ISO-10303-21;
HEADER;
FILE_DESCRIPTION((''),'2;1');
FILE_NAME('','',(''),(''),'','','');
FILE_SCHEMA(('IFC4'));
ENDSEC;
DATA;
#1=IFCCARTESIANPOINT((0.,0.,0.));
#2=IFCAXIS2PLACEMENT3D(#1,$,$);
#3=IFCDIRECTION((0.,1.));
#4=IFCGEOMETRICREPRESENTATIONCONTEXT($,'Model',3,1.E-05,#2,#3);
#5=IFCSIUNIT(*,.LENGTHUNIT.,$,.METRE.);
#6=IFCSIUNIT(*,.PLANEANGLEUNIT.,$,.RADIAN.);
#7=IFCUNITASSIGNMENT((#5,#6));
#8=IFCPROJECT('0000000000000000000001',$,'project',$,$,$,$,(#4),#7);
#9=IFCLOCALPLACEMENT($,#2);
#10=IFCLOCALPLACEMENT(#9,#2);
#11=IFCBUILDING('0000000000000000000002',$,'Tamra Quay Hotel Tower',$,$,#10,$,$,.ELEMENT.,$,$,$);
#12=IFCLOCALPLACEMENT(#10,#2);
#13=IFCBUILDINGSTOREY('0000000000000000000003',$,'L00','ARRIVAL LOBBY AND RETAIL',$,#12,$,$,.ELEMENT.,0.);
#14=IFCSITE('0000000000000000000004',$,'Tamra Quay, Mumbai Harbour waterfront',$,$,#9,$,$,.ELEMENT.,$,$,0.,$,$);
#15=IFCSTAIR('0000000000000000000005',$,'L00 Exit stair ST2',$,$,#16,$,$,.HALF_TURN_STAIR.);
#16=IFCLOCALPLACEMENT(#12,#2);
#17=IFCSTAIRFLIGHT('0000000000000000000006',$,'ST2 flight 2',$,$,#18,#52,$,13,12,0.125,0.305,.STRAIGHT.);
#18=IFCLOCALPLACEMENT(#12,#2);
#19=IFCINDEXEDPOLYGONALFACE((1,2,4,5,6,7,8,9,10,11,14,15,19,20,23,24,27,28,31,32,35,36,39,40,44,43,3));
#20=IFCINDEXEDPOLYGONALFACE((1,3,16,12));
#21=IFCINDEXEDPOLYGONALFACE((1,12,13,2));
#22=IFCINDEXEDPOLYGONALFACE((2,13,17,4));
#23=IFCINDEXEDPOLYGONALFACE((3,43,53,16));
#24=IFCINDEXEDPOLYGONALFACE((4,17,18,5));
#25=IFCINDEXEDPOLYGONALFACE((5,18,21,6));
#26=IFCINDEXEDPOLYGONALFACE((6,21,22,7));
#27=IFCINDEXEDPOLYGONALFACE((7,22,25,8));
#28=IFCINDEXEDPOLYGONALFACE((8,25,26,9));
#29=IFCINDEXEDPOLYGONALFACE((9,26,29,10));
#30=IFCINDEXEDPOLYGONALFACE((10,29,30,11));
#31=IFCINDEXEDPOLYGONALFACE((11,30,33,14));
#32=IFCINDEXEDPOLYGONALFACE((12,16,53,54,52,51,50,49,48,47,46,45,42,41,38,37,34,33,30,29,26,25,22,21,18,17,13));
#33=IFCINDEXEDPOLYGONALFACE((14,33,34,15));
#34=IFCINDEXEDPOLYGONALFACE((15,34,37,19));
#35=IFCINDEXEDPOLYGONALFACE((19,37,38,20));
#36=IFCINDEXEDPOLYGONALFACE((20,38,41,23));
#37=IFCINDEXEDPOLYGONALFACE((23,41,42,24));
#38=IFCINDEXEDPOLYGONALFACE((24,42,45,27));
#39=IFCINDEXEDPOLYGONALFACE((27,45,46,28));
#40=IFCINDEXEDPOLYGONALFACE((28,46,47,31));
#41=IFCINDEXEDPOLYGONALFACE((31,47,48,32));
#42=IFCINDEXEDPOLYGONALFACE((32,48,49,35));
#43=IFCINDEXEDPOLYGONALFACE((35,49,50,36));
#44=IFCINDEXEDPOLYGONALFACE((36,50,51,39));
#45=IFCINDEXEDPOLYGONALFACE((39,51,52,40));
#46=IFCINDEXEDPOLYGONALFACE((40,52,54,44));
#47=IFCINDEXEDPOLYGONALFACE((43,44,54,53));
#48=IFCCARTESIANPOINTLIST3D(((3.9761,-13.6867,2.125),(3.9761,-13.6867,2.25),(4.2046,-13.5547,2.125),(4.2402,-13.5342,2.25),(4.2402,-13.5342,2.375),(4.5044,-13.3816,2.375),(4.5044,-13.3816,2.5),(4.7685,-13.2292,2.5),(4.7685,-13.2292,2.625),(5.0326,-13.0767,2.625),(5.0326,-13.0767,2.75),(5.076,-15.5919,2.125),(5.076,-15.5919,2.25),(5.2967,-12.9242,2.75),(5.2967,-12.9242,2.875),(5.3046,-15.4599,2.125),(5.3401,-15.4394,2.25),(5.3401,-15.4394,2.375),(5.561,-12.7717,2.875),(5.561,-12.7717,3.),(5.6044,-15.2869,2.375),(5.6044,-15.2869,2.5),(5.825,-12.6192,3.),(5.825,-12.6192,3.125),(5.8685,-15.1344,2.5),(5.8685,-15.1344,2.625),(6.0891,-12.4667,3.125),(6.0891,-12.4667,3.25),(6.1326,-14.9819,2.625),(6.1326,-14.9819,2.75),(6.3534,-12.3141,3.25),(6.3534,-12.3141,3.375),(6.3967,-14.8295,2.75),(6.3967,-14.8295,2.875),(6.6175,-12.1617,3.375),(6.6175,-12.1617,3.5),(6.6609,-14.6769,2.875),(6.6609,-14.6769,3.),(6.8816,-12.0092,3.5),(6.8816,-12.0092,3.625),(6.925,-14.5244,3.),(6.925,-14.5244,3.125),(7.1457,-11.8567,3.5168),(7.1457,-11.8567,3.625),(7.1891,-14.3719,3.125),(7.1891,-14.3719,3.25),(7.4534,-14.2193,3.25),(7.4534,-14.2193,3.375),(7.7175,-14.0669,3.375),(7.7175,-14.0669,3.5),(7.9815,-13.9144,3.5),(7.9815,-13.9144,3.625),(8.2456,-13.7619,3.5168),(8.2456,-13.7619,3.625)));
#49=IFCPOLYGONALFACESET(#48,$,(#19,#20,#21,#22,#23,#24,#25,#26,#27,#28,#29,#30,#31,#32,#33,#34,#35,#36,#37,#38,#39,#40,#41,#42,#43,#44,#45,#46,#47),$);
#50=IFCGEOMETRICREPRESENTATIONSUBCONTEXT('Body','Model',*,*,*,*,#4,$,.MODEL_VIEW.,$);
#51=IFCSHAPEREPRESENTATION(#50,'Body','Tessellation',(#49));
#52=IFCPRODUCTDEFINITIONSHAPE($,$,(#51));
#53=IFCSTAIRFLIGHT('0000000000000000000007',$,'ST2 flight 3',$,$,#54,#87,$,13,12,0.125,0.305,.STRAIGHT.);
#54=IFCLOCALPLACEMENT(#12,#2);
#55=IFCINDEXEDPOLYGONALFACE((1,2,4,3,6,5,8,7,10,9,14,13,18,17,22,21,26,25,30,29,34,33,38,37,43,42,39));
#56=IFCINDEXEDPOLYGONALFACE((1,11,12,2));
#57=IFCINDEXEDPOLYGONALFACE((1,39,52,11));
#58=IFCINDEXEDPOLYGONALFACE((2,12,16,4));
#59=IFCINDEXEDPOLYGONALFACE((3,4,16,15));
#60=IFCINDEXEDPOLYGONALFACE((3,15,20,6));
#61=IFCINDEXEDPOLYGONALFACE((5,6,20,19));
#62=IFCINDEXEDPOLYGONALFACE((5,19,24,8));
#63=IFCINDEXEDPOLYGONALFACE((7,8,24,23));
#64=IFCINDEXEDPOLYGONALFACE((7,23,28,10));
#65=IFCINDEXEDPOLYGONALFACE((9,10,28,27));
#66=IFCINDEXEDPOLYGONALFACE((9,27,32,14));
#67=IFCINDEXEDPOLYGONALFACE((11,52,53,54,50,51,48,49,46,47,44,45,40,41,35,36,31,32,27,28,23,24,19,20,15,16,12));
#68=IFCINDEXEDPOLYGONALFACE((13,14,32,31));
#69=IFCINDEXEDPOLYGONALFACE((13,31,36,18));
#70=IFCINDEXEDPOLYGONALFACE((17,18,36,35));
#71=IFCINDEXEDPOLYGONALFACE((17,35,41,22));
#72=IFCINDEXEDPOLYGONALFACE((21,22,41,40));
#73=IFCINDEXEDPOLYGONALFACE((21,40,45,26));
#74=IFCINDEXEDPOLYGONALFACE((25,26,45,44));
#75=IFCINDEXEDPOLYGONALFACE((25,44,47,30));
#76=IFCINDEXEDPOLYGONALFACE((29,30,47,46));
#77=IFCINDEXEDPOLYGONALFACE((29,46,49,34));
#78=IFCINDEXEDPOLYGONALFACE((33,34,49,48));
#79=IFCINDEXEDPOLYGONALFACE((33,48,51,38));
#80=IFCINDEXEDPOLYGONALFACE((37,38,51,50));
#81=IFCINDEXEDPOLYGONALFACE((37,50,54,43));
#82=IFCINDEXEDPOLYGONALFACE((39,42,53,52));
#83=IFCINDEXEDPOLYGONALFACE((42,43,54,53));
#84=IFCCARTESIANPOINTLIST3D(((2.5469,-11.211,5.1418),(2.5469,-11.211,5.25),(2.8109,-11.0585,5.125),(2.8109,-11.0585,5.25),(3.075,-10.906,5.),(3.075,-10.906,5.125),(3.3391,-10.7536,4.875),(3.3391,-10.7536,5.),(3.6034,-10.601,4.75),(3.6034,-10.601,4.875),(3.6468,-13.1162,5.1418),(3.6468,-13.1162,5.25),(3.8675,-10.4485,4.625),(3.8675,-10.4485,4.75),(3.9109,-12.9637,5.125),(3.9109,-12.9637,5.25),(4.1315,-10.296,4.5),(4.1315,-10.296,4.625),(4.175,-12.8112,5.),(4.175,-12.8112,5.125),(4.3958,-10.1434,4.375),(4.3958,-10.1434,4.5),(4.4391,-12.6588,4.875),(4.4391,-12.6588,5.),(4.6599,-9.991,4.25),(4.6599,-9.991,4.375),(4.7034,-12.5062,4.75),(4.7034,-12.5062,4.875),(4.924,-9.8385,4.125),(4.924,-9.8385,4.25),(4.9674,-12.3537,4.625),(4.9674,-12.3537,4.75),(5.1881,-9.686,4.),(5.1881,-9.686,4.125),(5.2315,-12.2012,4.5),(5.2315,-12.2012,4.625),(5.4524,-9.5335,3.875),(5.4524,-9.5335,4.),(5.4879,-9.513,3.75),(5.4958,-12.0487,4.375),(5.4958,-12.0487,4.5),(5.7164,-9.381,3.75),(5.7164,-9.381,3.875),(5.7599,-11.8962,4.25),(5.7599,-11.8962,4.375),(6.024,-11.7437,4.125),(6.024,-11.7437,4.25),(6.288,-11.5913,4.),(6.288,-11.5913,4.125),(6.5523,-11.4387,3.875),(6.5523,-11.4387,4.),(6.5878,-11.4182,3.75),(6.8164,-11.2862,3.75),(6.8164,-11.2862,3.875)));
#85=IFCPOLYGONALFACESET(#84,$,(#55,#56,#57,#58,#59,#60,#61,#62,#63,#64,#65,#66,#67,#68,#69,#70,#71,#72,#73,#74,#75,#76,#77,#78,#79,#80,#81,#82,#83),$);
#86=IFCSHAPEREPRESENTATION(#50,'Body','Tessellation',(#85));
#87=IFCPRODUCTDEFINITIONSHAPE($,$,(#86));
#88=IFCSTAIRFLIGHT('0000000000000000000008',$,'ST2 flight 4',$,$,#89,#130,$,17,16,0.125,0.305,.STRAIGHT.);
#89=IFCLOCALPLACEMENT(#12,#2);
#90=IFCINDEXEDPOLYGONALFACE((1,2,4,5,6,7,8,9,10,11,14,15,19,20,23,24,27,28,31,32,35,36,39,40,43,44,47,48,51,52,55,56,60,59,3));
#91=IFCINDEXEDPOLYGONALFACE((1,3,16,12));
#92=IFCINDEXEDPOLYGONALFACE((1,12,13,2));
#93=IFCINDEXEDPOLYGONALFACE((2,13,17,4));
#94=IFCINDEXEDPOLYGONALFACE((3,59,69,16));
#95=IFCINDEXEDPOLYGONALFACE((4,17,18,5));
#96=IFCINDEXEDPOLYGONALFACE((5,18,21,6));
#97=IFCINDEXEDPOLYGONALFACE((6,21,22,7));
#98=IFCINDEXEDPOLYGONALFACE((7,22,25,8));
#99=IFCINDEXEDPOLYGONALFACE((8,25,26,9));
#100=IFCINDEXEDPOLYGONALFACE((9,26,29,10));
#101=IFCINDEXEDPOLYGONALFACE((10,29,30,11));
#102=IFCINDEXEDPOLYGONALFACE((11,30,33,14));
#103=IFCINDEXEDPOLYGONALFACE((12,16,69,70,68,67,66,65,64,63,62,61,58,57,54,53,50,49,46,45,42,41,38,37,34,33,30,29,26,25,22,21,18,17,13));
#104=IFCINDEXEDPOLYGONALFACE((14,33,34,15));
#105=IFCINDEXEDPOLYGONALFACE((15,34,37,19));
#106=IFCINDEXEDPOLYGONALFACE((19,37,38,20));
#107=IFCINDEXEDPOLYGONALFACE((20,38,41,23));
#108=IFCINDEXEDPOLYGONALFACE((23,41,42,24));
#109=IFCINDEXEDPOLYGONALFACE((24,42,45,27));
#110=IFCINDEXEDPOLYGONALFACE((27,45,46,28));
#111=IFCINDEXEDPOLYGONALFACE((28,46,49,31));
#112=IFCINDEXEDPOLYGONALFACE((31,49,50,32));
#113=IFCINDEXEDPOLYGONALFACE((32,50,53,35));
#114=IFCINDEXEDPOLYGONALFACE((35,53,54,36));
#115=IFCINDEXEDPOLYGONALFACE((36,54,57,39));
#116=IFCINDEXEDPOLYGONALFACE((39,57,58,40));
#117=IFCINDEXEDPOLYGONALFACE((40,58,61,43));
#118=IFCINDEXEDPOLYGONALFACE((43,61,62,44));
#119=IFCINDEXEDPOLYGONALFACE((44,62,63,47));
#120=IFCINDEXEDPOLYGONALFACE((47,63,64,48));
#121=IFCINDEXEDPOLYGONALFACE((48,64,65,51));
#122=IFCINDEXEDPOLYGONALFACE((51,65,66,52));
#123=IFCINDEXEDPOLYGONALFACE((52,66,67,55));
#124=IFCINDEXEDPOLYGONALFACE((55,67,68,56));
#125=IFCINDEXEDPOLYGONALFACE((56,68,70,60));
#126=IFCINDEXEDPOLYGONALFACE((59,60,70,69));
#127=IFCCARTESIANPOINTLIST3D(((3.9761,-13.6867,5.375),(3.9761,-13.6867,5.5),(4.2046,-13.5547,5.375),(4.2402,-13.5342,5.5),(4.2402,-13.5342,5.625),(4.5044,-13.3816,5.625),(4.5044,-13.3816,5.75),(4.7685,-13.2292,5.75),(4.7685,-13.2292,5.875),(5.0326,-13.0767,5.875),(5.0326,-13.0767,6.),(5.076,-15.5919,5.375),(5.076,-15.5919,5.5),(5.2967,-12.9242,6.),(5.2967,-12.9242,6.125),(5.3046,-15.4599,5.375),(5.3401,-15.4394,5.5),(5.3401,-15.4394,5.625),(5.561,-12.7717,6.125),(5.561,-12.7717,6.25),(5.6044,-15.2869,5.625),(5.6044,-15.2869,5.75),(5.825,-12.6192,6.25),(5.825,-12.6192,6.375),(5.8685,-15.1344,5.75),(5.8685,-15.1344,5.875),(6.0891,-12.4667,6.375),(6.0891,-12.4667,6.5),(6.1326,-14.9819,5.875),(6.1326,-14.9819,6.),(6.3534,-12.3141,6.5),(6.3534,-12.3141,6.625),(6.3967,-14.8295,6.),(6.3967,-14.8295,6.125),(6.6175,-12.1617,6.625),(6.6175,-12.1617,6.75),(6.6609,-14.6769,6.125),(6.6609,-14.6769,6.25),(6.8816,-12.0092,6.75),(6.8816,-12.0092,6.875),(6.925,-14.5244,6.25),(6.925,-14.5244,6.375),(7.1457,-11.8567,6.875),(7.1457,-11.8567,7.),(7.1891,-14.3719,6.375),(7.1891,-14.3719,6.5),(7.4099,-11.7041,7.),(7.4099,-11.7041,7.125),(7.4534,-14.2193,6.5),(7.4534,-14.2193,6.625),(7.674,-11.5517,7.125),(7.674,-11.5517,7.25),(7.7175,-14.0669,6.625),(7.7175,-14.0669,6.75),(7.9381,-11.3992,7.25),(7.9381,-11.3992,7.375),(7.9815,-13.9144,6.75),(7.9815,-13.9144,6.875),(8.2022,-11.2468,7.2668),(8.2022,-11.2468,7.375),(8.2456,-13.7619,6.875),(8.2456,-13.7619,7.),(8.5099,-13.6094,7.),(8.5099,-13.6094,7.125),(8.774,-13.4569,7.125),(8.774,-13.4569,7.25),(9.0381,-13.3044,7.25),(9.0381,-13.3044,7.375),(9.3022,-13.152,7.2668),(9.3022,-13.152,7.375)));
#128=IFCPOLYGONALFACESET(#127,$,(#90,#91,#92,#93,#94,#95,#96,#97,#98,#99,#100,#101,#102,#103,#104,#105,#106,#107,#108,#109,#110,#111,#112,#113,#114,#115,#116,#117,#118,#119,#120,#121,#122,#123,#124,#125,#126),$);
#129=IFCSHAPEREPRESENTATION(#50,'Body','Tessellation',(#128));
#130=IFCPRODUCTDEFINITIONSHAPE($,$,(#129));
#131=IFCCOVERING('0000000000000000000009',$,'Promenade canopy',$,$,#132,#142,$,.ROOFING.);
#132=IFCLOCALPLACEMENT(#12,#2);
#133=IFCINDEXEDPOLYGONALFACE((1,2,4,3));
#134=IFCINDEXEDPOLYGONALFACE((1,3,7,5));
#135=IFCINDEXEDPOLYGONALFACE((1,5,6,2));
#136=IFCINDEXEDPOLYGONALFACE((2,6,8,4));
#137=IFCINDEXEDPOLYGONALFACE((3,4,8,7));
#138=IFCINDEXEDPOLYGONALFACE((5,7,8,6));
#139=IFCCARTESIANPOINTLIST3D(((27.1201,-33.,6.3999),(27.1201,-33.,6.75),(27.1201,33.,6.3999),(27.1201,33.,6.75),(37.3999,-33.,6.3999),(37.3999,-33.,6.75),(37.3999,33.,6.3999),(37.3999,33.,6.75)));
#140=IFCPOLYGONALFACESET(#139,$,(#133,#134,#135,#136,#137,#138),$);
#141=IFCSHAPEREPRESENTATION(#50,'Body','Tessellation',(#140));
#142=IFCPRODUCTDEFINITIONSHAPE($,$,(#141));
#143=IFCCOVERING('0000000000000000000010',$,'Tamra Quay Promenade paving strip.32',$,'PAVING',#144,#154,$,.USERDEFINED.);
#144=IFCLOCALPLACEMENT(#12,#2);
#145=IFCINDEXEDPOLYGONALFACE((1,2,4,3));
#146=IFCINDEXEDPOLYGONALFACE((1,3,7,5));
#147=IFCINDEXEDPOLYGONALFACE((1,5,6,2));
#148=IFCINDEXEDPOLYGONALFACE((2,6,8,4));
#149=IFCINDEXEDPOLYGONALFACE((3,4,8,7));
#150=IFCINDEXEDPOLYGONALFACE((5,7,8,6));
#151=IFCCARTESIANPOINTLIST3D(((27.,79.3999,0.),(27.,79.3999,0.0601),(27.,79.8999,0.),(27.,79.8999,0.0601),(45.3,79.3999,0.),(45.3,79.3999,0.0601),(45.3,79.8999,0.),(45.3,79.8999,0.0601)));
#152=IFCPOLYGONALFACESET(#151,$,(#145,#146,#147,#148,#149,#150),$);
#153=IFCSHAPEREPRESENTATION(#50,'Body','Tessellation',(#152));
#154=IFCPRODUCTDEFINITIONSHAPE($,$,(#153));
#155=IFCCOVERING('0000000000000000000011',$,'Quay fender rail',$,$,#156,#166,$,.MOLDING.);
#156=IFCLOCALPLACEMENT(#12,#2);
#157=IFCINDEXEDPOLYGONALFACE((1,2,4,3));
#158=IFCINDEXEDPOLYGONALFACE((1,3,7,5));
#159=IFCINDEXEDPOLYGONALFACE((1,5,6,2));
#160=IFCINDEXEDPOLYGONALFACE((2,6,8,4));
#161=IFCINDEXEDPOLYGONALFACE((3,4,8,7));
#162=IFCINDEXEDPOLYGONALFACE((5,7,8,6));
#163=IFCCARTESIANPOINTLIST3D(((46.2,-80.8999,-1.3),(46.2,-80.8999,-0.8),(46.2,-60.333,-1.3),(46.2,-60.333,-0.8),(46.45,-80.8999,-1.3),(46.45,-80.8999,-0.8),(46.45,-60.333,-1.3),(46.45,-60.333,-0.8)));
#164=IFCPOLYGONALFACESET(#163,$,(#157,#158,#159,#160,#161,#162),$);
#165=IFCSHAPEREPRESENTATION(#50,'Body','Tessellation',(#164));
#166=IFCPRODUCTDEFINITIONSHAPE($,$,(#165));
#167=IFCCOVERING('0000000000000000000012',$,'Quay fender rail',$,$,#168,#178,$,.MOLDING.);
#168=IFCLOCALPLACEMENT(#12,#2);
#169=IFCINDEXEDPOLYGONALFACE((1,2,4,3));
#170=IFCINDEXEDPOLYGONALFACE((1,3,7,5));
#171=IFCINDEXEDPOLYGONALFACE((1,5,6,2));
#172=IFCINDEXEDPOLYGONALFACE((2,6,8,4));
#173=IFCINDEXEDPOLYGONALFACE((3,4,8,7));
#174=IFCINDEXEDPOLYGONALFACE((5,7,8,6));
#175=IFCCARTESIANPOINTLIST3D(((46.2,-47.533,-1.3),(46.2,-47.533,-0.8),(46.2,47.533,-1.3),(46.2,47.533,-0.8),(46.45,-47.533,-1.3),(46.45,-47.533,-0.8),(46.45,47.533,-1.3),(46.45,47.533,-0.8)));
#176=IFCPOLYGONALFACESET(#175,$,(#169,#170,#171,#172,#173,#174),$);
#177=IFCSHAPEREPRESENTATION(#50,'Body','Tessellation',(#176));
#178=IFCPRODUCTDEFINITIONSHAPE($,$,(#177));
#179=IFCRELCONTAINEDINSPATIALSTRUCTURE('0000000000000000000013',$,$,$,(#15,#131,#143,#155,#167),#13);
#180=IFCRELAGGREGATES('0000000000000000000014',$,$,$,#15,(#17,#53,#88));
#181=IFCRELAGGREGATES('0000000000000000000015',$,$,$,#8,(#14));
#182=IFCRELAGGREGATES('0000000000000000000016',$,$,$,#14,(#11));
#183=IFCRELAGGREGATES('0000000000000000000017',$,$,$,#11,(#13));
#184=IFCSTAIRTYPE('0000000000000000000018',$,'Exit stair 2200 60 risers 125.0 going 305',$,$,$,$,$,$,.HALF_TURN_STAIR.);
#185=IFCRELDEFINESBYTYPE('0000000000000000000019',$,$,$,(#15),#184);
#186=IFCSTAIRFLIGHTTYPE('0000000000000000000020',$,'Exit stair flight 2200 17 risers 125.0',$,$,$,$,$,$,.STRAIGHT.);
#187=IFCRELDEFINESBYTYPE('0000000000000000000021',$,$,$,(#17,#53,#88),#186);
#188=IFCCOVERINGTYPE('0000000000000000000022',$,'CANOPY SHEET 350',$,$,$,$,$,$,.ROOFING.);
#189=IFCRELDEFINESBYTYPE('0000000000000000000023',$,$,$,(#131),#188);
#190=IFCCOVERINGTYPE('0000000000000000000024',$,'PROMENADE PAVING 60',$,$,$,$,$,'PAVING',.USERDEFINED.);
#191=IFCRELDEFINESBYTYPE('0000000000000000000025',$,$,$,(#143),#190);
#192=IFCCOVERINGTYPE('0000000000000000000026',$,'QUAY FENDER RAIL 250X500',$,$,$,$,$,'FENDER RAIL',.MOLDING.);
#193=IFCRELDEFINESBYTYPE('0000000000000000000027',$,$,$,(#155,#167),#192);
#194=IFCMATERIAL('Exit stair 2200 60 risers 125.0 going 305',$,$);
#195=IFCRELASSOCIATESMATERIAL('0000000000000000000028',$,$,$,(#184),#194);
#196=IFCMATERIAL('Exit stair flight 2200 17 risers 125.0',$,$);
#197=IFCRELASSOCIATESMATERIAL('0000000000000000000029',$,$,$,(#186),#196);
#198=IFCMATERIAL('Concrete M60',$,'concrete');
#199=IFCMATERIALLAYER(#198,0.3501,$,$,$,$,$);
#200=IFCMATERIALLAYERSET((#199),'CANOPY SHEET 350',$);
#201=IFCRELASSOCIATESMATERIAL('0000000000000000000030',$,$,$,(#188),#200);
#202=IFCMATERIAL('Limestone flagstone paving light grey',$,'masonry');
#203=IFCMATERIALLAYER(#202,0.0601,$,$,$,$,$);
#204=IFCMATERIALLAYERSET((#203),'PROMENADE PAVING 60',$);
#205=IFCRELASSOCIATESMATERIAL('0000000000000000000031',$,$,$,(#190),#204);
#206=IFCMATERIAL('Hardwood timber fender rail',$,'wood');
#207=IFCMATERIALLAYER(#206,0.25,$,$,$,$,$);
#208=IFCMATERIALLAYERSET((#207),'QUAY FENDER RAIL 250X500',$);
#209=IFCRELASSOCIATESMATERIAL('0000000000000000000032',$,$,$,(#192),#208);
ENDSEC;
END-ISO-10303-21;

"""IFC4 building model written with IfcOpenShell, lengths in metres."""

from ifc_helpers import new_model, si_unit, direction, frame, origin, place, context, subcontext, project, spatial, polyline, outline, extrude, material, layer, layer_set, type_object, element, aggregate, save


model = new_model("IFC4")

# Units and contexts
model_context = context("Model", 3, precision=1e-05, world=origin(), true_north=direction((0.0, 1.0)))
body_context = subcontext(model_context, "Body", "Model", "MODEL_VIEW")
ifc_project = project(units=[si_unit("LENGTHUNIT", "METRE"), si_unit("PLANEANGLEUNIT", "RADIAN")], contexts=[model_context])

# Site, building, storey
site_placement = place(None, origin())
site = spatial("IfcSite", under=ifc_project, at=site_placement, Name="Tamra Quay, Mumbai Harbour waterfront", CompositionType="ELEMENT", RefElevation=0.0)
building_placement = place(site_placement, origin())
building = spatial("IfcBuilding", under=site, at=building_placement, Name="Tamra Quay Hotel Tower", CompositionType="ELEMENT")
storey_placement = place(building_placement, origin())
storey = spatial("IfcBuildingStorey", under=building, at=storey_placement, Name="L00", Description="ARRIVAL LOBBY AND RETAIL", CompositionType="ELEMENT", Elevation=0.0)

# Stair, stair flights
ifc_material_1 = material(Name="Exit stair 2200 60 risers 125.0 going 305")
stair_type = type_object("IfcStairType", Name="Exit stair 2200 60 risers 125.0 going 305", PredefinedType="HALF_TURN_STAIR", material=ifc_material_1)
stair_placement = place(storey_placement, origin())
stair = element("IfcStair", 1, at=stair_placement, inside=storey, type_object=stair_type, Name="L00 Exit stair ST2", PredefinedType="HALF_TURN_STAIR")
ifc_material_2 = material(Name="Exit stair flight 2200 17 risers 125.0")
stair_flight_type = type_object("IfcStairFlightType", Name="Exit stair flight 2200 17 risers 125.0", PredefinedType="STRAIGHT", material=ifc_material_2)
stair_flight_1_placement = place(storey_placement, frame((4.5261, -14.6394, 2.125), z_axis=(0.0, 0.0, 1.0), x_axis=(0.866025, 0.5, 0.0)))
stair_flight_1 = element("IfcStairFlight", 2, at=stair_flight_1_placement, type_object=stair_flight_type, Name="ST2 flight 2", NumberOfRisers=13, NumberOfTreads=12, PredefinedType="STRAIGHT", RiserHeight=0.125, TreadLength=0.305, context=body_context, shape_type="SweptSolid", body=[
    extrude(outline(polyline([(0.0, 0.0), (0.0, 0.125), (0.3049, 0.125), (0.3049, 0.25), (0.6101, 0.25), (0.6101, 0.375), (0.915, 0.375), (0.915, 0.5), (1.22, 0.5), (1.22, 0.625), (1.5249, 0.625), (1.5249, 0.75), (1.8301, 0.75), (1.8301, 0.875), (2.135, 0.875), (2.135, 1.0), (2.4399, 1.0), (2.4399, 1.125), (2.7451, 1.125), (2.7451, 1.25), (3.05, 1.25), (3.05, 1.375), (3.355, 1.375), (3.355, 1.5), (3.6599, 1.5), (3.6599, 1.625), (3.6599, 1.3918), (0.2639, 0.0), (0.0, 0.0)])), frame((0.0, 1.1001, 0.0), z_axis=(0.0, -1.0, 0.0), x_axis=(1.0, 0.0, 0.0)), (0.0, 0.0, 1.0), 2.2),
])
stair_flight_2_placement = place(storey_placement, frame((6.2664, -10.3335, 3.75), z_axis=(0.0, 0.0, 1.0), x_axis=(-0.866025, -0.5, 0.0)))
stair_flight_2 = element("IfcStairFlight", 3, at=stair_flight_2_placement, type_object=stair_flight_type, Name="ST2 flight 3", NumberOfRisers=13, NumberOfTreads=12, PredefinedType="STRAIGHT", RiserHeight=0.125, TreadLength=0.305, context=body_context, shape_type="SweptSolid", body=[
    extrude(outline(polyline([(0.0, 0.0), (0.0, 0.125), (0.3049, 0.125), (0.3049, 0.25), (0.6101, 0.25), (0.6101, 0.375), (0.915, 0.375), (0.915, 0.5), (1.22, 0.5), (1.22, 0.625), (1.5249, 0.625), (1.5249, 0.75), (1.8301, 0.75), (1.8301, 0.875), (2.135, 0.875), (2.135, 1.0), (2.4399, 1.0), (2.4399, 1.125), (2.7451, 1.125), (2.7451, 1.25), (3.05, 1.25), (3.05, 1.375), (3.355, 1.375), (3.355, 1.5), (3.6599, 1.5), (3.6599, 1.625), (3.6599, 1.3918), (0.2639, 0.0), (0.0, 0.0)])), frame((0.0, 1.1001, 0.0), z_axis=(0.0, -1.0, 0.0), x_axis=(1.0, 0.0, 0.0)), (0.0, 0.0, 1.0), 2.2),
])
stair_flight_3_placement = place(storey_placement, frame((4.5261, -14.6394, 5.375), z_axis=(0.0, 0.0, 1.0), x_axis=(0.866025, 0.5, 0.0)))
stair_flight_3 = element("IfcStairFlight", 4, at=stair_flight_3_placement, type_object=stair_flight_type, Name="ST2 flight 4", NumberOfRisers=17, NumberOfTreads=16, PredefinedType="STRAIGHT", RiserHeight=0.125, TreadLength=0.305, context=body_context, shape_type="SweptSolid", body=[
    extrude(outline(polyline([(0.0, 0.0), (0.0, 0.125), (0.3049, 0.125), (0.3049, 0.25), (0.6101, 0.25), (0.6101, 0.375), (0.915, 0.375), (0.915, 0.5), (1.22, 0.5), (1.22, 0.625), (1.5249, 0.625), (1.5249, 0.75), (1.8301, 0.75), (1.8301, 0.875), (2.135, 0.875), (2.135, 1.0), (2.4399, 1.0), (2.4399, 1.125), (2.7451, 1.125), (2.7451, 1.25), (3.05, 1.25), (3.05, 1.375), (3.355, 1.375), (3.355, 1.5), (3.6599, 1.5), (3.6599, 1.625), (3.9651, 1.625), (3.9651, 1.75), (4.27, 1.75), (4.27, 1.875), (4.575, 1.875), (4.575, 2.0), (4.8799, 2.0), (4.8799, 2.125), (4.8799, 1.8918), (0.2639, 0.0), (0.0, 0.0)])), frame((0.0, 1.1001, 0.0), z_axis=(0.0, -1.0, 0.0), x_axis=(1.0, 0.0, 0.0)), (0.0, 0.0, 1.0), 2.2),
])
aggregate(stair, [stair_flight_1, stair_flight_2, stair_flight_3])

# Coverings
ifc_material_3 = material(Name="Concrete M60", Category="concrete")
ifc_layer_1 = layer(ifc_material_3, 0.3501)
ifc_layer_set_1 = layer_set([ifc_layer_1], Name="CANOPY SHEET 350")
covering_type_1 = type_object("IfcCoveringType", Name="CANOPY SHEET 350", PredefinedType="ROOFING", material=ifc_layer_set_1)
covering_1_placement = place(storey_placement, frame((0.0, 0.0, 6.3999)))
element("IfcCovering", 5, at=covering_1_placement, inside=storey, type_object=covering_type_1, Name="Promenade canopy", PredefinedType="ROOFING", context=body_context, shape_type="SweptSolid", body=[
    extrude(outline(polyline([(27.1201, -33.0), (37.3999, -33.0), (37.3999, 33.0), (27.1201, 33.0), (27.1201, -33.0)])), origin(), (0.0, 0.0, 1.0), 0.3501),
])
ifc_material_4 = material(Name="Limestone flagstone paving light grey", Category="masonry")
ifc_layer_2 = layer(ifc_material_4, 0.0601)
ifc_layer_set_2 = layer_set([ifc_layer_2], Name="PROMENADE PAVING 60")
covering_type_2 = type_object("IfcCoveringType", Name="PROMENADE PAVING 60", ElementType="PAVING", PredefinedType="USERDEFINED", material=ifc_layer_set_2)
covering_2_placement = place(storey_placement, origin())
element("IfcCovering", 6, at=covering_2_placement, inside=storey, type_object=covering_type_2, Name="Tamra Quay Promenade paving strip.32", ObjectType="PAVING", PredefinedType="USERDEFINED", context=body_context, shape_type="SweptSolid", body=[
    extrude(outline(polyline([(27.0, 79.8999), (27.0, 79.3999), (45.3, 79.3999), (45.3, 79.8999), (27.0, 79.8999)])), origin(), (0.0, 0.0, 1.0), 0.0601),
])
ifc_material_5 = material(Name="Hardwood timber fender rail", Category="wood")
ifc_layer_3 = layer(ifc_material_5, 0.25)
ifc_layer_set_3 = layer_set([ifc_layer_3], Name="QUAY FENDER RAIL 250X500")
covering_type_3 = type_object("IfcCoveringType", Name="QUAY FENDER RAIL 250X500", ElementType="FENDER RAIL", PredefinedType="MOLDING", material=ifc_layer_set_3)
covering_3_placement = place(storey_placement, frame((0.0, 0.0, -1.3)))
element("IfcCovering", 7, at=covering_3_placement, inside=storey, type_object=covering_type_3, Name="Quay fender rail", PredefinedType="MOLDING", context=body_context, shape_type="SweptSolid", body=[
    extrude(outline(polyline([(46.2, -80.8999), (46.45, -80.8999), (46.45, -60.333), (46.2, -60.333), (46.2, -80.8999)])), origin(), (0.0, 0.0, 1.0), 0.5),
])
covering_4_placement = place(storey_placement, frame((0.0, 0.0, -1.3)))
element("IfcCovering", 8, at=covering_4_placement, inside=storey, type_object=covering_type_3, Name="Quay fender rail", PredefinedType="MOLDING", context=body_context, shape_type="SweptSolid", body=[
    extrude(outline(polyline([(46.2, -47.533), (46.45, -47.533), (46.45, 47.533), (46.2, 47.533), (46.2, -47.533)])), origin(), (0.0, 0.0, 1.0), 0.5),
])

save(model, "model.ifc")
